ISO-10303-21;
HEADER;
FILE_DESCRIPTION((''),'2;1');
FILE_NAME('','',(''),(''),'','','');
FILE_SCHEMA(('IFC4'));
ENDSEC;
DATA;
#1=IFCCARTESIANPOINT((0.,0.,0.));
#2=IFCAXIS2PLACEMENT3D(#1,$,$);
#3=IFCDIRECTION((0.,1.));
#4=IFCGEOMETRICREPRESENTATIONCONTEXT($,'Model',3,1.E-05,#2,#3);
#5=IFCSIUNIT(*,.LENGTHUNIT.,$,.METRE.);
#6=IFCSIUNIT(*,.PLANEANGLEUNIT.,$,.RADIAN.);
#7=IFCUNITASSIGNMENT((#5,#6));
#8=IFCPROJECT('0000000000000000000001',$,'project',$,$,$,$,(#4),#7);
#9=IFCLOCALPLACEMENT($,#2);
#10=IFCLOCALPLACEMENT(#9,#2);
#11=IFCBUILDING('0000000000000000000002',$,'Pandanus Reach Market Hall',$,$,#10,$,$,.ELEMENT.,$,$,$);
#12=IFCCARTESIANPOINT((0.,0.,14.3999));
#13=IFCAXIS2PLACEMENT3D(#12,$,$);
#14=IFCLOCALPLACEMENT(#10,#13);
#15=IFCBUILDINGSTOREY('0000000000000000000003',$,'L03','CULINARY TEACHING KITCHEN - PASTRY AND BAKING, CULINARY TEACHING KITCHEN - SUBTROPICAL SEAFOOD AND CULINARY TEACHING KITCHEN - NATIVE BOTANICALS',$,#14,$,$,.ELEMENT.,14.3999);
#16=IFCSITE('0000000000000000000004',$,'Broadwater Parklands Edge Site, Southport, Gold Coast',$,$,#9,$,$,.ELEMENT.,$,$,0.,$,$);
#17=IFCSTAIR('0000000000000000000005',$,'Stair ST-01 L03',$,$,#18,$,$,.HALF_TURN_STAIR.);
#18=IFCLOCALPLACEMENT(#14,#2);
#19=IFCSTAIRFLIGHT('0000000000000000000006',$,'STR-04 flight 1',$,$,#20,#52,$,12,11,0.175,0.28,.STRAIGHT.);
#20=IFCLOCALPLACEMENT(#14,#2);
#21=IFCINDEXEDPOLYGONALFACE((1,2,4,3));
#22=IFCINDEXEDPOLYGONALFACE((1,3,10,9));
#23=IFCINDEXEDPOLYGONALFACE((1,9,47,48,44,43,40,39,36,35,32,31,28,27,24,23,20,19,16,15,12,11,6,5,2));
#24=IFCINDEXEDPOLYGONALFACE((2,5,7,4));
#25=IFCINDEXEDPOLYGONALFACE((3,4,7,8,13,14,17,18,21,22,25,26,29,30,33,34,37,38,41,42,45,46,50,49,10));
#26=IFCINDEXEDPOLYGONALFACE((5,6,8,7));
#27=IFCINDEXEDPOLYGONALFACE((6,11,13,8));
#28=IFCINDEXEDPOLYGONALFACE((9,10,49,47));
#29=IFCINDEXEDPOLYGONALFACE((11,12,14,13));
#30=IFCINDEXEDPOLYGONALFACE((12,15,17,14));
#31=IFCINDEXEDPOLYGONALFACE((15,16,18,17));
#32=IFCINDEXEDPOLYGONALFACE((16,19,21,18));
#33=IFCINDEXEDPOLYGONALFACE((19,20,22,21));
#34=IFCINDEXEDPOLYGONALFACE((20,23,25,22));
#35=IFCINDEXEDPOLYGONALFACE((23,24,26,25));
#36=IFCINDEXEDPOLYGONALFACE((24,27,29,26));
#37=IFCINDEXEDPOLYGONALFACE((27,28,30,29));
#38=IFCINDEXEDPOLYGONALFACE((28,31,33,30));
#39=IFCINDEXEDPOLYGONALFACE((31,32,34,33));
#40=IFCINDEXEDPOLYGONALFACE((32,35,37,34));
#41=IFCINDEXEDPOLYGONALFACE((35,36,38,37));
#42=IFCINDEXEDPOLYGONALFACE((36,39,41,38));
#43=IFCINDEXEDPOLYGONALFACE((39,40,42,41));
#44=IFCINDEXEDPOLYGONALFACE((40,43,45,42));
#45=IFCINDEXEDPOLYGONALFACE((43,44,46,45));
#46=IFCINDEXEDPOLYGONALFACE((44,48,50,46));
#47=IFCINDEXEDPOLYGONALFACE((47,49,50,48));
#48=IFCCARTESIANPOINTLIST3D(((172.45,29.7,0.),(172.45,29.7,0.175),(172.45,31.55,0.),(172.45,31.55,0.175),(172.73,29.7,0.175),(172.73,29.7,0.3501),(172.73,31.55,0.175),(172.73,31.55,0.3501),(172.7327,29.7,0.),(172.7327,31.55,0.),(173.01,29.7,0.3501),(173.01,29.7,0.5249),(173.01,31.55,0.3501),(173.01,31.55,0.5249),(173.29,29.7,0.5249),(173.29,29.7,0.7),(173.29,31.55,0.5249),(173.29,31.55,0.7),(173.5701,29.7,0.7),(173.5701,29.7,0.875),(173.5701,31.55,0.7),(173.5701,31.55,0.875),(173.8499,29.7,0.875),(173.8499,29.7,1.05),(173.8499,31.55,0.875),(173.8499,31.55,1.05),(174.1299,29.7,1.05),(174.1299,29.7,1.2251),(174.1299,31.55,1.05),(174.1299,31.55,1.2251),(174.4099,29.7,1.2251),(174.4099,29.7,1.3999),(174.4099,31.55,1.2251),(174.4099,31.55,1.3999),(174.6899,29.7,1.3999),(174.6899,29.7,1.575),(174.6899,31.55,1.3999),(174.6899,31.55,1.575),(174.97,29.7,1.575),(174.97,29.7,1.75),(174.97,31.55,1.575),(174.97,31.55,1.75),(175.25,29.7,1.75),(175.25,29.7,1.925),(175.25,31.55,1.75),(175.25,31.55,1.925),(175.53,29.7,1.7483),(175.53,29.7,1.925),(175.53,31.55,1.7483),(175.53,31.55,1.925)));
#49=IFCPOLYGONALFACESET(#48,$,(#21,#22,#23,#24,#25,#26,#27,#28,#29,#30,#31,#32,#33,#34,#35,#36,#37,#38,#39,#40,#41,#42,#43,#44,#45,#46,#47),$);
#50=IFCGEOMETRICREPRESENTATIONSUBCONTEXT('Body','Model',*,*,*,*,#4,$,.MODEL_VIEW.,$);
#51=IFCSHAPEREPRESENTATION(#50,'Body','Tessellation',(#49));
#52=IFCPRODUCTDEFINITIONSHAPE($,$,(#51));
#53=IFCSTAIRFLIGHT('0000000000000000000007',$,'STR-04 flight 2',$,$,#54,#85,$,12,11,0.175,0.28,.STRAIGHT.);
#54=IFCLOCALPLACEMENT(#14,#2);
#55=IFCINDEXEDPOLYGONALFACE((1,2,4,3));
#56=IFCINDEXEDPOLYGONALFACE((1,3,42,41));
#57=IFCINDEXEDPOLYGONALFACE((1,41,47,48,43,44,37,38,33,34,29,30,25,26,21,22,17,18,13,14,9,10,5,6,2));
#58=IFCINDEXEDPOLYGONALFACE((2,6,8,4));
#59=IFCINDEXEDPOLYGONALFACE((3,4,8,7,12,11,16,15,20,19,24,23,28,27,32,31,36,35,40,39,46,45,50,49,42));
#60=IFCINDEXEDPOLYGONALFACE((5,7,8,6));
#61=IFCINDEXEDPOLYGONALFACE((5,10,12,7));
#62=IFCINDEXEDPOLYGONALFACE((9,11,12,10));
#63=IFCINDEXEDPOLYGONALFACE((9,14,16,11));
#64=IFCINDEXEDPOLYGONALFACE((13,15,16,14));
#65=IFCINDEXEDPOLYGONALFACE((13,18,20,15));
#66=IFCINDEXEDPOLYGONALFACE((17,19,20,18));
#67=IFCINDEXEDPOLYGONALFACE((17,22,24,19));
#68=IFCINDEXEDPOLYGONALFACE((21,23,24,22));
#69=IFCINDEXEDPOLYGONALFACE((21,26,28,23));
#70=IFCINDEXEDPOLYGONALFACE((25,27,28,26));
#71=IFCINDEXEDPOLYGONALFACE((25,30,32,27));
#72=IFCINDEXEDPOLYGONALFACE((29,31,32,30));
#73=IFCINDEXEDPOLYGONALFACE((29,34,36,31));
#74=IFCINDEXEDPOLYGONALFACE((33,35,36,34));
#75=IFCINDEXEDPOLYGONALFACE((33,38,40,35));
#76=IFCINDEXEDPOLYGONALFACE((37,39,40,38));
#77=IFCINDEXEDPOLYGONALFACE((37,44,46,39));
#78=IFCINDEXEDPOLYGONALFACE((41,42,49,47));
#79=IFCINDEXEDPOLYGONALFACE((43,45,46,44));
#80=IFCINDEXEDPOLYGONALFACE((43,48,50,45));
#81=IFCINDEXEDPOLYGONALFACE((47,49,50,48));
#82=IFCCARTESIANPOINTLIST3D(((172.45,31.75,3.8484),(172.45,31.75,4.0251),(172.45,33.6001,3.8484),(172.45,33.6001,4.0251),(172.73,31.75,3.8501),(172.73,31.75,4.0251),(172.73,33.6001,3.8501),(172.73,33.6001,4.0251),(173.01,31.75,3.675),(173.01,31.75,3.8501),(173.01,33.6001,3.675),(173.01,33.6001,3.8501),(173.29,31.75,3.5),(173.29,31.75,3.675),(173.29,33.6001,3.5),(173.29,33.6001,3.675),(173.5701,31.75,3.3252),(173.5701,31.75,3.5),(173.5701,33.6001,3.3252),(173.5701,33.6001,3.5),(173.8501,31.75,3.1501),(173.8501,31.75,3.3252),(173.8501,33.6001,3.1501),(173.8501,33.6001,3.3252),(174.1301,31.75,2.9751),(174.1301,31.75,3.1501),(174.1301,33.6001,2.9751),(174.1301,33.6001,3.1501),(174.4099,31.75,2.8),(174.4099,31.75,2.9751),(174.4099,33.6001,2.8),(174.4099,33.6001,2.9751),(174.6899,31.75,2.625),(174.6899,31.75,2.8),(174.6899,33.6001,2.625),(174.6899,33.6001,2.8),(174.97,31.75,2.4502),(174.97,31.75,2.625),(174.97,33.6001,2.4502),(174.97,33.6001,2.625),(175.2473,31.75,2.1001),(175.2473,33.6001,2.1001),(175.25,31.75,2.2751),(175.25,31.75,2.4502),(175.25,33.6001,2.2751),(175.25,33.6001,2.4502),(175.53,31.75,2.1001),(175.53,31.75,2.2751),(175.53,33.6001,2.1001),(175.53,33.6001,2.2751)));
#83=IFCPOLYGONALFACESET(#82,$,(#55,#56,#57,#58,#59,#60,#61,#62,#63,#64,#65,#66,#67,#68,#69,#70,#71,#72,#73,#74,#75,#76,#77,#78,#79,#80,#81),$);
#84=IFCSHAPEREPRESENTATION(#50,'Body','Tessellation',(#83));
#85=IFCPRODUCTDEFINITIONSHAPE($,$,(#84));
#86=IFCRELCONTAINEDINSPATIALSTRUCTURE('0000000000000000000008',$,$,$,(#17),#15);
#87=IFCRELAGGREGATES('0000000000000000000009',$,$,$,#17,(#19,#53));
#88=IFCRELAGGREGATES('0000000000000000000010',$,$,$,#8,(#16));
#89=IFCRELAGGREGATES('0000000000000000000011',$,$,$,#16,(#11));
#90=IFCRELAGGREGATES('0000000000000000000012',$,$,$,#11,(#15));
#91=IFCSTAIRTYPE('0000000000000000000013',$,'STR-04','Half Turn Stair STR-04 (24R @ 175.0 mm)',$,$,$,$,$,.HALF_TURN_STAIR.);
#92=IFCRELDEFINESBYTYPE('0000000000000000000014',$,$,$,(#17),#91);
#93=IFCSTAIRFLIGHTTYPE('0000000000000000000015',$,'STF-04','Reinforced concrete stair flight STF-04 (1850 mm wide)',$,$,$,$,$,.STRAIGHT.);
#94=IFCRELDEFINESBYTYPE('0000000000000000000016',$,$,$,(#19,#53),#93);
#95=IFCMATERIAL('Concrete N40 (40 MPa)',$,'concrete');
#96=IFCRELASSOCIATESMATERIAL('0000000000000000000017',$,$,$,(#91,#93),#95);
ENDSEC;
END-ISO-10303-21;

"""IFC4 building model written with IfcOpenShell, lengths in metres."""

from ifc_helpers import new_model, si_unit, direction, frame, origin, place, context, subcontext, project, spatial, polyline, outline, extrude, material, type_object, element, aggregate, save


model = new_model("IFC4")

# Units and contexts
model_context = context("Model", 3, precision=1e-05, world=origin(), true_north=direction((0.0, 1.0)))
body_context = subcontext(model_context, "Body", "Model", "MODEL_VIEW")
ifc_project = project(units=[si_unit("LENGTHUNIT", "METRE"), si_unit("PLANEANGLEUNIT", "RADIAN")], contexts=[model_context])

# Site, building, storey
site_placement = place(None, origin())
site = spatial("IfcSite", under=ifc_project, at=site_placement, Name="Broadwater Parklands Edge Site, Southport, Gold Coast", CompositionType="ELEMENT", RefElevation=0.0)
building_placement = place(site_placement, origin())
building = spatial("IfcBuilding", under=site, at=building_placement, Name="Pandanus Reach Market Hall", CompositionType="ELEMENT")
storey_placement = place(building_placement, frame((0.0, 0.0, 14.3999)))
storey = spatial("IfcBuildingStorey", under=building, at=storey_placement, Name="L03", Description="CULINARY TEACHING KITCHEN - PASTRY AND BAKING, CULINARY TEACHING KITCHEN - SUBTROPICAL SEAFOOD AND CULINARY TEACHING KITCHEN - NATIVE BOTANICALS", CompositionType="ELEMENT", Elevation=14.3999)

# Shared definitions
ifc_material_1 = material(Name="Concrete N40 (40 MPa)", Category="concrete")

# Stair, stair flights
stair_type = type_object("IfcStairType", Name="STR-04", Description="Half Turn Stair STR-04 (24R @ 175.0 mm)", PredefinedType="HALF_TURN_STAIR", material=ifc_material_1)
stair_placement = place(storey_placement, origin())
stair = element("IfcStair", 1, at=stair_placement, inside=storey, type_object=stair_type, Name="Stair ST-01 L03", PredefinedType="HALF_TURN_STAIR")
stair_flight_type = type_object("IfcStairFlightType", Name="STF-04", Description="Reinforced concrete stair flight STF-04 (1850 mm wide)", PredefinedType="STRAIGHT", material=ifc_material_1)
stair_flight_1_placement = place(storey_placement, frame((172.45, 30.625, 0.0), z_axis=(0.0, 0.0, 1.0), x_axis=(1.0, 0.0, 0.0)))
stair_flight_1 = element("IfcStairFlight", 2, at=stair_flight_1_placement, type_object=stair_flight_type, Name="STR-04 flight 1", NumberOfRisers=12, NumberOfTreads=11, PredefinedType="STRAIGHT", RiserHeight=0.175, TreadLength=0.28, context=body_context, shape_type="SweptSolid", body=[
    extrude(outline(polyline([(0.0, 0.0), (0.0, 0.175), (0.28, 0.175), (0.28, 0.3501), (0.5601, 0.3501), (0.5601, 0.5249), (0.8401, 0.5249), (0.8401, 0.7), (1.1201, 0.7), (1.1201, 0.875), (1.3999, 0.875), (1.3999, 1.05), (1.6799, 1.05), (1.6799, 1.2251), (1.96, 1.2251), (1.96, 1.3999), (2.24, 1.3999), (2.24, 1.575), (2.52, 1.575), (2.52, 1.75), (2.8, 1.75), (2.8, 1.925), (3.0801, 1.925), (3.0801, 2.1001), (3.0801, 1.7483), (0.2827, 0.0), (0.0, 0.0)])), frame((0.0, 0.925, 0.0), z_axis=(0.0, -1.0, 0.0), x_axis=(1.0, 0.0, 0.0)), (0.0, 0.0, 1.0), 1.8501),
])
stair_flight_2_placement = place(storey_placement, frame((175.53, 32.675, 2.1001), z_axis=(0.0, 0.0, 1.0), x_axis=(-1.0, 0.0, 0.0)))
stair_flight_2 = element("IfcStairFlight", 3, at=stair_flight_2_placement, type_object=stair_flight_type, Name="STR-04 flight 2", NumberOfRisers=12, NumberOfTreads=11, PredefinedType="STRAIGHT", RiserHeight=0.175, TreadLength=0.28, context=body_context, shape_type="SweptSolid", body=[
    extrude(outline(polyline([(0.0, 0.0), (0.0, 0.175), (0.28, 0.175), (0.28, 0.3501), (0.5601, 0.3501), (0.5601, 0.5249), (0.8401, 0.5249), (0.8401, 0.7), (1.1201, 0.7), (1.1201, 0.875), (1.3999, 0.875), (1.3999, 1.05), (1.6799, 1.05), (1.6799, 1.2251), (1.96, 1.2251), (1.96, 1.3999), (2.24, 1.3999), (2.24, 1.575), (2.52, 1.575), (2.52, 1.75), (2.8, 1.75), (2.8, 1.925), (3.0801, 1.925), (3.0801, 2.1001), (3.0801, 1.7483), (0.2827, 0.0), (0.0, 0.0)])), frame((0.0, 0.925, 0.0), z_axis=(0.0, -1.0, 0.0), x_axis=(1.0, 0.0, 0.0)), (0.0, 0.0, 1.0), 1.8501),
])
aggregate(stair, [stair_flight_1, stair_flight_2])

save(model, "model.ifc")
